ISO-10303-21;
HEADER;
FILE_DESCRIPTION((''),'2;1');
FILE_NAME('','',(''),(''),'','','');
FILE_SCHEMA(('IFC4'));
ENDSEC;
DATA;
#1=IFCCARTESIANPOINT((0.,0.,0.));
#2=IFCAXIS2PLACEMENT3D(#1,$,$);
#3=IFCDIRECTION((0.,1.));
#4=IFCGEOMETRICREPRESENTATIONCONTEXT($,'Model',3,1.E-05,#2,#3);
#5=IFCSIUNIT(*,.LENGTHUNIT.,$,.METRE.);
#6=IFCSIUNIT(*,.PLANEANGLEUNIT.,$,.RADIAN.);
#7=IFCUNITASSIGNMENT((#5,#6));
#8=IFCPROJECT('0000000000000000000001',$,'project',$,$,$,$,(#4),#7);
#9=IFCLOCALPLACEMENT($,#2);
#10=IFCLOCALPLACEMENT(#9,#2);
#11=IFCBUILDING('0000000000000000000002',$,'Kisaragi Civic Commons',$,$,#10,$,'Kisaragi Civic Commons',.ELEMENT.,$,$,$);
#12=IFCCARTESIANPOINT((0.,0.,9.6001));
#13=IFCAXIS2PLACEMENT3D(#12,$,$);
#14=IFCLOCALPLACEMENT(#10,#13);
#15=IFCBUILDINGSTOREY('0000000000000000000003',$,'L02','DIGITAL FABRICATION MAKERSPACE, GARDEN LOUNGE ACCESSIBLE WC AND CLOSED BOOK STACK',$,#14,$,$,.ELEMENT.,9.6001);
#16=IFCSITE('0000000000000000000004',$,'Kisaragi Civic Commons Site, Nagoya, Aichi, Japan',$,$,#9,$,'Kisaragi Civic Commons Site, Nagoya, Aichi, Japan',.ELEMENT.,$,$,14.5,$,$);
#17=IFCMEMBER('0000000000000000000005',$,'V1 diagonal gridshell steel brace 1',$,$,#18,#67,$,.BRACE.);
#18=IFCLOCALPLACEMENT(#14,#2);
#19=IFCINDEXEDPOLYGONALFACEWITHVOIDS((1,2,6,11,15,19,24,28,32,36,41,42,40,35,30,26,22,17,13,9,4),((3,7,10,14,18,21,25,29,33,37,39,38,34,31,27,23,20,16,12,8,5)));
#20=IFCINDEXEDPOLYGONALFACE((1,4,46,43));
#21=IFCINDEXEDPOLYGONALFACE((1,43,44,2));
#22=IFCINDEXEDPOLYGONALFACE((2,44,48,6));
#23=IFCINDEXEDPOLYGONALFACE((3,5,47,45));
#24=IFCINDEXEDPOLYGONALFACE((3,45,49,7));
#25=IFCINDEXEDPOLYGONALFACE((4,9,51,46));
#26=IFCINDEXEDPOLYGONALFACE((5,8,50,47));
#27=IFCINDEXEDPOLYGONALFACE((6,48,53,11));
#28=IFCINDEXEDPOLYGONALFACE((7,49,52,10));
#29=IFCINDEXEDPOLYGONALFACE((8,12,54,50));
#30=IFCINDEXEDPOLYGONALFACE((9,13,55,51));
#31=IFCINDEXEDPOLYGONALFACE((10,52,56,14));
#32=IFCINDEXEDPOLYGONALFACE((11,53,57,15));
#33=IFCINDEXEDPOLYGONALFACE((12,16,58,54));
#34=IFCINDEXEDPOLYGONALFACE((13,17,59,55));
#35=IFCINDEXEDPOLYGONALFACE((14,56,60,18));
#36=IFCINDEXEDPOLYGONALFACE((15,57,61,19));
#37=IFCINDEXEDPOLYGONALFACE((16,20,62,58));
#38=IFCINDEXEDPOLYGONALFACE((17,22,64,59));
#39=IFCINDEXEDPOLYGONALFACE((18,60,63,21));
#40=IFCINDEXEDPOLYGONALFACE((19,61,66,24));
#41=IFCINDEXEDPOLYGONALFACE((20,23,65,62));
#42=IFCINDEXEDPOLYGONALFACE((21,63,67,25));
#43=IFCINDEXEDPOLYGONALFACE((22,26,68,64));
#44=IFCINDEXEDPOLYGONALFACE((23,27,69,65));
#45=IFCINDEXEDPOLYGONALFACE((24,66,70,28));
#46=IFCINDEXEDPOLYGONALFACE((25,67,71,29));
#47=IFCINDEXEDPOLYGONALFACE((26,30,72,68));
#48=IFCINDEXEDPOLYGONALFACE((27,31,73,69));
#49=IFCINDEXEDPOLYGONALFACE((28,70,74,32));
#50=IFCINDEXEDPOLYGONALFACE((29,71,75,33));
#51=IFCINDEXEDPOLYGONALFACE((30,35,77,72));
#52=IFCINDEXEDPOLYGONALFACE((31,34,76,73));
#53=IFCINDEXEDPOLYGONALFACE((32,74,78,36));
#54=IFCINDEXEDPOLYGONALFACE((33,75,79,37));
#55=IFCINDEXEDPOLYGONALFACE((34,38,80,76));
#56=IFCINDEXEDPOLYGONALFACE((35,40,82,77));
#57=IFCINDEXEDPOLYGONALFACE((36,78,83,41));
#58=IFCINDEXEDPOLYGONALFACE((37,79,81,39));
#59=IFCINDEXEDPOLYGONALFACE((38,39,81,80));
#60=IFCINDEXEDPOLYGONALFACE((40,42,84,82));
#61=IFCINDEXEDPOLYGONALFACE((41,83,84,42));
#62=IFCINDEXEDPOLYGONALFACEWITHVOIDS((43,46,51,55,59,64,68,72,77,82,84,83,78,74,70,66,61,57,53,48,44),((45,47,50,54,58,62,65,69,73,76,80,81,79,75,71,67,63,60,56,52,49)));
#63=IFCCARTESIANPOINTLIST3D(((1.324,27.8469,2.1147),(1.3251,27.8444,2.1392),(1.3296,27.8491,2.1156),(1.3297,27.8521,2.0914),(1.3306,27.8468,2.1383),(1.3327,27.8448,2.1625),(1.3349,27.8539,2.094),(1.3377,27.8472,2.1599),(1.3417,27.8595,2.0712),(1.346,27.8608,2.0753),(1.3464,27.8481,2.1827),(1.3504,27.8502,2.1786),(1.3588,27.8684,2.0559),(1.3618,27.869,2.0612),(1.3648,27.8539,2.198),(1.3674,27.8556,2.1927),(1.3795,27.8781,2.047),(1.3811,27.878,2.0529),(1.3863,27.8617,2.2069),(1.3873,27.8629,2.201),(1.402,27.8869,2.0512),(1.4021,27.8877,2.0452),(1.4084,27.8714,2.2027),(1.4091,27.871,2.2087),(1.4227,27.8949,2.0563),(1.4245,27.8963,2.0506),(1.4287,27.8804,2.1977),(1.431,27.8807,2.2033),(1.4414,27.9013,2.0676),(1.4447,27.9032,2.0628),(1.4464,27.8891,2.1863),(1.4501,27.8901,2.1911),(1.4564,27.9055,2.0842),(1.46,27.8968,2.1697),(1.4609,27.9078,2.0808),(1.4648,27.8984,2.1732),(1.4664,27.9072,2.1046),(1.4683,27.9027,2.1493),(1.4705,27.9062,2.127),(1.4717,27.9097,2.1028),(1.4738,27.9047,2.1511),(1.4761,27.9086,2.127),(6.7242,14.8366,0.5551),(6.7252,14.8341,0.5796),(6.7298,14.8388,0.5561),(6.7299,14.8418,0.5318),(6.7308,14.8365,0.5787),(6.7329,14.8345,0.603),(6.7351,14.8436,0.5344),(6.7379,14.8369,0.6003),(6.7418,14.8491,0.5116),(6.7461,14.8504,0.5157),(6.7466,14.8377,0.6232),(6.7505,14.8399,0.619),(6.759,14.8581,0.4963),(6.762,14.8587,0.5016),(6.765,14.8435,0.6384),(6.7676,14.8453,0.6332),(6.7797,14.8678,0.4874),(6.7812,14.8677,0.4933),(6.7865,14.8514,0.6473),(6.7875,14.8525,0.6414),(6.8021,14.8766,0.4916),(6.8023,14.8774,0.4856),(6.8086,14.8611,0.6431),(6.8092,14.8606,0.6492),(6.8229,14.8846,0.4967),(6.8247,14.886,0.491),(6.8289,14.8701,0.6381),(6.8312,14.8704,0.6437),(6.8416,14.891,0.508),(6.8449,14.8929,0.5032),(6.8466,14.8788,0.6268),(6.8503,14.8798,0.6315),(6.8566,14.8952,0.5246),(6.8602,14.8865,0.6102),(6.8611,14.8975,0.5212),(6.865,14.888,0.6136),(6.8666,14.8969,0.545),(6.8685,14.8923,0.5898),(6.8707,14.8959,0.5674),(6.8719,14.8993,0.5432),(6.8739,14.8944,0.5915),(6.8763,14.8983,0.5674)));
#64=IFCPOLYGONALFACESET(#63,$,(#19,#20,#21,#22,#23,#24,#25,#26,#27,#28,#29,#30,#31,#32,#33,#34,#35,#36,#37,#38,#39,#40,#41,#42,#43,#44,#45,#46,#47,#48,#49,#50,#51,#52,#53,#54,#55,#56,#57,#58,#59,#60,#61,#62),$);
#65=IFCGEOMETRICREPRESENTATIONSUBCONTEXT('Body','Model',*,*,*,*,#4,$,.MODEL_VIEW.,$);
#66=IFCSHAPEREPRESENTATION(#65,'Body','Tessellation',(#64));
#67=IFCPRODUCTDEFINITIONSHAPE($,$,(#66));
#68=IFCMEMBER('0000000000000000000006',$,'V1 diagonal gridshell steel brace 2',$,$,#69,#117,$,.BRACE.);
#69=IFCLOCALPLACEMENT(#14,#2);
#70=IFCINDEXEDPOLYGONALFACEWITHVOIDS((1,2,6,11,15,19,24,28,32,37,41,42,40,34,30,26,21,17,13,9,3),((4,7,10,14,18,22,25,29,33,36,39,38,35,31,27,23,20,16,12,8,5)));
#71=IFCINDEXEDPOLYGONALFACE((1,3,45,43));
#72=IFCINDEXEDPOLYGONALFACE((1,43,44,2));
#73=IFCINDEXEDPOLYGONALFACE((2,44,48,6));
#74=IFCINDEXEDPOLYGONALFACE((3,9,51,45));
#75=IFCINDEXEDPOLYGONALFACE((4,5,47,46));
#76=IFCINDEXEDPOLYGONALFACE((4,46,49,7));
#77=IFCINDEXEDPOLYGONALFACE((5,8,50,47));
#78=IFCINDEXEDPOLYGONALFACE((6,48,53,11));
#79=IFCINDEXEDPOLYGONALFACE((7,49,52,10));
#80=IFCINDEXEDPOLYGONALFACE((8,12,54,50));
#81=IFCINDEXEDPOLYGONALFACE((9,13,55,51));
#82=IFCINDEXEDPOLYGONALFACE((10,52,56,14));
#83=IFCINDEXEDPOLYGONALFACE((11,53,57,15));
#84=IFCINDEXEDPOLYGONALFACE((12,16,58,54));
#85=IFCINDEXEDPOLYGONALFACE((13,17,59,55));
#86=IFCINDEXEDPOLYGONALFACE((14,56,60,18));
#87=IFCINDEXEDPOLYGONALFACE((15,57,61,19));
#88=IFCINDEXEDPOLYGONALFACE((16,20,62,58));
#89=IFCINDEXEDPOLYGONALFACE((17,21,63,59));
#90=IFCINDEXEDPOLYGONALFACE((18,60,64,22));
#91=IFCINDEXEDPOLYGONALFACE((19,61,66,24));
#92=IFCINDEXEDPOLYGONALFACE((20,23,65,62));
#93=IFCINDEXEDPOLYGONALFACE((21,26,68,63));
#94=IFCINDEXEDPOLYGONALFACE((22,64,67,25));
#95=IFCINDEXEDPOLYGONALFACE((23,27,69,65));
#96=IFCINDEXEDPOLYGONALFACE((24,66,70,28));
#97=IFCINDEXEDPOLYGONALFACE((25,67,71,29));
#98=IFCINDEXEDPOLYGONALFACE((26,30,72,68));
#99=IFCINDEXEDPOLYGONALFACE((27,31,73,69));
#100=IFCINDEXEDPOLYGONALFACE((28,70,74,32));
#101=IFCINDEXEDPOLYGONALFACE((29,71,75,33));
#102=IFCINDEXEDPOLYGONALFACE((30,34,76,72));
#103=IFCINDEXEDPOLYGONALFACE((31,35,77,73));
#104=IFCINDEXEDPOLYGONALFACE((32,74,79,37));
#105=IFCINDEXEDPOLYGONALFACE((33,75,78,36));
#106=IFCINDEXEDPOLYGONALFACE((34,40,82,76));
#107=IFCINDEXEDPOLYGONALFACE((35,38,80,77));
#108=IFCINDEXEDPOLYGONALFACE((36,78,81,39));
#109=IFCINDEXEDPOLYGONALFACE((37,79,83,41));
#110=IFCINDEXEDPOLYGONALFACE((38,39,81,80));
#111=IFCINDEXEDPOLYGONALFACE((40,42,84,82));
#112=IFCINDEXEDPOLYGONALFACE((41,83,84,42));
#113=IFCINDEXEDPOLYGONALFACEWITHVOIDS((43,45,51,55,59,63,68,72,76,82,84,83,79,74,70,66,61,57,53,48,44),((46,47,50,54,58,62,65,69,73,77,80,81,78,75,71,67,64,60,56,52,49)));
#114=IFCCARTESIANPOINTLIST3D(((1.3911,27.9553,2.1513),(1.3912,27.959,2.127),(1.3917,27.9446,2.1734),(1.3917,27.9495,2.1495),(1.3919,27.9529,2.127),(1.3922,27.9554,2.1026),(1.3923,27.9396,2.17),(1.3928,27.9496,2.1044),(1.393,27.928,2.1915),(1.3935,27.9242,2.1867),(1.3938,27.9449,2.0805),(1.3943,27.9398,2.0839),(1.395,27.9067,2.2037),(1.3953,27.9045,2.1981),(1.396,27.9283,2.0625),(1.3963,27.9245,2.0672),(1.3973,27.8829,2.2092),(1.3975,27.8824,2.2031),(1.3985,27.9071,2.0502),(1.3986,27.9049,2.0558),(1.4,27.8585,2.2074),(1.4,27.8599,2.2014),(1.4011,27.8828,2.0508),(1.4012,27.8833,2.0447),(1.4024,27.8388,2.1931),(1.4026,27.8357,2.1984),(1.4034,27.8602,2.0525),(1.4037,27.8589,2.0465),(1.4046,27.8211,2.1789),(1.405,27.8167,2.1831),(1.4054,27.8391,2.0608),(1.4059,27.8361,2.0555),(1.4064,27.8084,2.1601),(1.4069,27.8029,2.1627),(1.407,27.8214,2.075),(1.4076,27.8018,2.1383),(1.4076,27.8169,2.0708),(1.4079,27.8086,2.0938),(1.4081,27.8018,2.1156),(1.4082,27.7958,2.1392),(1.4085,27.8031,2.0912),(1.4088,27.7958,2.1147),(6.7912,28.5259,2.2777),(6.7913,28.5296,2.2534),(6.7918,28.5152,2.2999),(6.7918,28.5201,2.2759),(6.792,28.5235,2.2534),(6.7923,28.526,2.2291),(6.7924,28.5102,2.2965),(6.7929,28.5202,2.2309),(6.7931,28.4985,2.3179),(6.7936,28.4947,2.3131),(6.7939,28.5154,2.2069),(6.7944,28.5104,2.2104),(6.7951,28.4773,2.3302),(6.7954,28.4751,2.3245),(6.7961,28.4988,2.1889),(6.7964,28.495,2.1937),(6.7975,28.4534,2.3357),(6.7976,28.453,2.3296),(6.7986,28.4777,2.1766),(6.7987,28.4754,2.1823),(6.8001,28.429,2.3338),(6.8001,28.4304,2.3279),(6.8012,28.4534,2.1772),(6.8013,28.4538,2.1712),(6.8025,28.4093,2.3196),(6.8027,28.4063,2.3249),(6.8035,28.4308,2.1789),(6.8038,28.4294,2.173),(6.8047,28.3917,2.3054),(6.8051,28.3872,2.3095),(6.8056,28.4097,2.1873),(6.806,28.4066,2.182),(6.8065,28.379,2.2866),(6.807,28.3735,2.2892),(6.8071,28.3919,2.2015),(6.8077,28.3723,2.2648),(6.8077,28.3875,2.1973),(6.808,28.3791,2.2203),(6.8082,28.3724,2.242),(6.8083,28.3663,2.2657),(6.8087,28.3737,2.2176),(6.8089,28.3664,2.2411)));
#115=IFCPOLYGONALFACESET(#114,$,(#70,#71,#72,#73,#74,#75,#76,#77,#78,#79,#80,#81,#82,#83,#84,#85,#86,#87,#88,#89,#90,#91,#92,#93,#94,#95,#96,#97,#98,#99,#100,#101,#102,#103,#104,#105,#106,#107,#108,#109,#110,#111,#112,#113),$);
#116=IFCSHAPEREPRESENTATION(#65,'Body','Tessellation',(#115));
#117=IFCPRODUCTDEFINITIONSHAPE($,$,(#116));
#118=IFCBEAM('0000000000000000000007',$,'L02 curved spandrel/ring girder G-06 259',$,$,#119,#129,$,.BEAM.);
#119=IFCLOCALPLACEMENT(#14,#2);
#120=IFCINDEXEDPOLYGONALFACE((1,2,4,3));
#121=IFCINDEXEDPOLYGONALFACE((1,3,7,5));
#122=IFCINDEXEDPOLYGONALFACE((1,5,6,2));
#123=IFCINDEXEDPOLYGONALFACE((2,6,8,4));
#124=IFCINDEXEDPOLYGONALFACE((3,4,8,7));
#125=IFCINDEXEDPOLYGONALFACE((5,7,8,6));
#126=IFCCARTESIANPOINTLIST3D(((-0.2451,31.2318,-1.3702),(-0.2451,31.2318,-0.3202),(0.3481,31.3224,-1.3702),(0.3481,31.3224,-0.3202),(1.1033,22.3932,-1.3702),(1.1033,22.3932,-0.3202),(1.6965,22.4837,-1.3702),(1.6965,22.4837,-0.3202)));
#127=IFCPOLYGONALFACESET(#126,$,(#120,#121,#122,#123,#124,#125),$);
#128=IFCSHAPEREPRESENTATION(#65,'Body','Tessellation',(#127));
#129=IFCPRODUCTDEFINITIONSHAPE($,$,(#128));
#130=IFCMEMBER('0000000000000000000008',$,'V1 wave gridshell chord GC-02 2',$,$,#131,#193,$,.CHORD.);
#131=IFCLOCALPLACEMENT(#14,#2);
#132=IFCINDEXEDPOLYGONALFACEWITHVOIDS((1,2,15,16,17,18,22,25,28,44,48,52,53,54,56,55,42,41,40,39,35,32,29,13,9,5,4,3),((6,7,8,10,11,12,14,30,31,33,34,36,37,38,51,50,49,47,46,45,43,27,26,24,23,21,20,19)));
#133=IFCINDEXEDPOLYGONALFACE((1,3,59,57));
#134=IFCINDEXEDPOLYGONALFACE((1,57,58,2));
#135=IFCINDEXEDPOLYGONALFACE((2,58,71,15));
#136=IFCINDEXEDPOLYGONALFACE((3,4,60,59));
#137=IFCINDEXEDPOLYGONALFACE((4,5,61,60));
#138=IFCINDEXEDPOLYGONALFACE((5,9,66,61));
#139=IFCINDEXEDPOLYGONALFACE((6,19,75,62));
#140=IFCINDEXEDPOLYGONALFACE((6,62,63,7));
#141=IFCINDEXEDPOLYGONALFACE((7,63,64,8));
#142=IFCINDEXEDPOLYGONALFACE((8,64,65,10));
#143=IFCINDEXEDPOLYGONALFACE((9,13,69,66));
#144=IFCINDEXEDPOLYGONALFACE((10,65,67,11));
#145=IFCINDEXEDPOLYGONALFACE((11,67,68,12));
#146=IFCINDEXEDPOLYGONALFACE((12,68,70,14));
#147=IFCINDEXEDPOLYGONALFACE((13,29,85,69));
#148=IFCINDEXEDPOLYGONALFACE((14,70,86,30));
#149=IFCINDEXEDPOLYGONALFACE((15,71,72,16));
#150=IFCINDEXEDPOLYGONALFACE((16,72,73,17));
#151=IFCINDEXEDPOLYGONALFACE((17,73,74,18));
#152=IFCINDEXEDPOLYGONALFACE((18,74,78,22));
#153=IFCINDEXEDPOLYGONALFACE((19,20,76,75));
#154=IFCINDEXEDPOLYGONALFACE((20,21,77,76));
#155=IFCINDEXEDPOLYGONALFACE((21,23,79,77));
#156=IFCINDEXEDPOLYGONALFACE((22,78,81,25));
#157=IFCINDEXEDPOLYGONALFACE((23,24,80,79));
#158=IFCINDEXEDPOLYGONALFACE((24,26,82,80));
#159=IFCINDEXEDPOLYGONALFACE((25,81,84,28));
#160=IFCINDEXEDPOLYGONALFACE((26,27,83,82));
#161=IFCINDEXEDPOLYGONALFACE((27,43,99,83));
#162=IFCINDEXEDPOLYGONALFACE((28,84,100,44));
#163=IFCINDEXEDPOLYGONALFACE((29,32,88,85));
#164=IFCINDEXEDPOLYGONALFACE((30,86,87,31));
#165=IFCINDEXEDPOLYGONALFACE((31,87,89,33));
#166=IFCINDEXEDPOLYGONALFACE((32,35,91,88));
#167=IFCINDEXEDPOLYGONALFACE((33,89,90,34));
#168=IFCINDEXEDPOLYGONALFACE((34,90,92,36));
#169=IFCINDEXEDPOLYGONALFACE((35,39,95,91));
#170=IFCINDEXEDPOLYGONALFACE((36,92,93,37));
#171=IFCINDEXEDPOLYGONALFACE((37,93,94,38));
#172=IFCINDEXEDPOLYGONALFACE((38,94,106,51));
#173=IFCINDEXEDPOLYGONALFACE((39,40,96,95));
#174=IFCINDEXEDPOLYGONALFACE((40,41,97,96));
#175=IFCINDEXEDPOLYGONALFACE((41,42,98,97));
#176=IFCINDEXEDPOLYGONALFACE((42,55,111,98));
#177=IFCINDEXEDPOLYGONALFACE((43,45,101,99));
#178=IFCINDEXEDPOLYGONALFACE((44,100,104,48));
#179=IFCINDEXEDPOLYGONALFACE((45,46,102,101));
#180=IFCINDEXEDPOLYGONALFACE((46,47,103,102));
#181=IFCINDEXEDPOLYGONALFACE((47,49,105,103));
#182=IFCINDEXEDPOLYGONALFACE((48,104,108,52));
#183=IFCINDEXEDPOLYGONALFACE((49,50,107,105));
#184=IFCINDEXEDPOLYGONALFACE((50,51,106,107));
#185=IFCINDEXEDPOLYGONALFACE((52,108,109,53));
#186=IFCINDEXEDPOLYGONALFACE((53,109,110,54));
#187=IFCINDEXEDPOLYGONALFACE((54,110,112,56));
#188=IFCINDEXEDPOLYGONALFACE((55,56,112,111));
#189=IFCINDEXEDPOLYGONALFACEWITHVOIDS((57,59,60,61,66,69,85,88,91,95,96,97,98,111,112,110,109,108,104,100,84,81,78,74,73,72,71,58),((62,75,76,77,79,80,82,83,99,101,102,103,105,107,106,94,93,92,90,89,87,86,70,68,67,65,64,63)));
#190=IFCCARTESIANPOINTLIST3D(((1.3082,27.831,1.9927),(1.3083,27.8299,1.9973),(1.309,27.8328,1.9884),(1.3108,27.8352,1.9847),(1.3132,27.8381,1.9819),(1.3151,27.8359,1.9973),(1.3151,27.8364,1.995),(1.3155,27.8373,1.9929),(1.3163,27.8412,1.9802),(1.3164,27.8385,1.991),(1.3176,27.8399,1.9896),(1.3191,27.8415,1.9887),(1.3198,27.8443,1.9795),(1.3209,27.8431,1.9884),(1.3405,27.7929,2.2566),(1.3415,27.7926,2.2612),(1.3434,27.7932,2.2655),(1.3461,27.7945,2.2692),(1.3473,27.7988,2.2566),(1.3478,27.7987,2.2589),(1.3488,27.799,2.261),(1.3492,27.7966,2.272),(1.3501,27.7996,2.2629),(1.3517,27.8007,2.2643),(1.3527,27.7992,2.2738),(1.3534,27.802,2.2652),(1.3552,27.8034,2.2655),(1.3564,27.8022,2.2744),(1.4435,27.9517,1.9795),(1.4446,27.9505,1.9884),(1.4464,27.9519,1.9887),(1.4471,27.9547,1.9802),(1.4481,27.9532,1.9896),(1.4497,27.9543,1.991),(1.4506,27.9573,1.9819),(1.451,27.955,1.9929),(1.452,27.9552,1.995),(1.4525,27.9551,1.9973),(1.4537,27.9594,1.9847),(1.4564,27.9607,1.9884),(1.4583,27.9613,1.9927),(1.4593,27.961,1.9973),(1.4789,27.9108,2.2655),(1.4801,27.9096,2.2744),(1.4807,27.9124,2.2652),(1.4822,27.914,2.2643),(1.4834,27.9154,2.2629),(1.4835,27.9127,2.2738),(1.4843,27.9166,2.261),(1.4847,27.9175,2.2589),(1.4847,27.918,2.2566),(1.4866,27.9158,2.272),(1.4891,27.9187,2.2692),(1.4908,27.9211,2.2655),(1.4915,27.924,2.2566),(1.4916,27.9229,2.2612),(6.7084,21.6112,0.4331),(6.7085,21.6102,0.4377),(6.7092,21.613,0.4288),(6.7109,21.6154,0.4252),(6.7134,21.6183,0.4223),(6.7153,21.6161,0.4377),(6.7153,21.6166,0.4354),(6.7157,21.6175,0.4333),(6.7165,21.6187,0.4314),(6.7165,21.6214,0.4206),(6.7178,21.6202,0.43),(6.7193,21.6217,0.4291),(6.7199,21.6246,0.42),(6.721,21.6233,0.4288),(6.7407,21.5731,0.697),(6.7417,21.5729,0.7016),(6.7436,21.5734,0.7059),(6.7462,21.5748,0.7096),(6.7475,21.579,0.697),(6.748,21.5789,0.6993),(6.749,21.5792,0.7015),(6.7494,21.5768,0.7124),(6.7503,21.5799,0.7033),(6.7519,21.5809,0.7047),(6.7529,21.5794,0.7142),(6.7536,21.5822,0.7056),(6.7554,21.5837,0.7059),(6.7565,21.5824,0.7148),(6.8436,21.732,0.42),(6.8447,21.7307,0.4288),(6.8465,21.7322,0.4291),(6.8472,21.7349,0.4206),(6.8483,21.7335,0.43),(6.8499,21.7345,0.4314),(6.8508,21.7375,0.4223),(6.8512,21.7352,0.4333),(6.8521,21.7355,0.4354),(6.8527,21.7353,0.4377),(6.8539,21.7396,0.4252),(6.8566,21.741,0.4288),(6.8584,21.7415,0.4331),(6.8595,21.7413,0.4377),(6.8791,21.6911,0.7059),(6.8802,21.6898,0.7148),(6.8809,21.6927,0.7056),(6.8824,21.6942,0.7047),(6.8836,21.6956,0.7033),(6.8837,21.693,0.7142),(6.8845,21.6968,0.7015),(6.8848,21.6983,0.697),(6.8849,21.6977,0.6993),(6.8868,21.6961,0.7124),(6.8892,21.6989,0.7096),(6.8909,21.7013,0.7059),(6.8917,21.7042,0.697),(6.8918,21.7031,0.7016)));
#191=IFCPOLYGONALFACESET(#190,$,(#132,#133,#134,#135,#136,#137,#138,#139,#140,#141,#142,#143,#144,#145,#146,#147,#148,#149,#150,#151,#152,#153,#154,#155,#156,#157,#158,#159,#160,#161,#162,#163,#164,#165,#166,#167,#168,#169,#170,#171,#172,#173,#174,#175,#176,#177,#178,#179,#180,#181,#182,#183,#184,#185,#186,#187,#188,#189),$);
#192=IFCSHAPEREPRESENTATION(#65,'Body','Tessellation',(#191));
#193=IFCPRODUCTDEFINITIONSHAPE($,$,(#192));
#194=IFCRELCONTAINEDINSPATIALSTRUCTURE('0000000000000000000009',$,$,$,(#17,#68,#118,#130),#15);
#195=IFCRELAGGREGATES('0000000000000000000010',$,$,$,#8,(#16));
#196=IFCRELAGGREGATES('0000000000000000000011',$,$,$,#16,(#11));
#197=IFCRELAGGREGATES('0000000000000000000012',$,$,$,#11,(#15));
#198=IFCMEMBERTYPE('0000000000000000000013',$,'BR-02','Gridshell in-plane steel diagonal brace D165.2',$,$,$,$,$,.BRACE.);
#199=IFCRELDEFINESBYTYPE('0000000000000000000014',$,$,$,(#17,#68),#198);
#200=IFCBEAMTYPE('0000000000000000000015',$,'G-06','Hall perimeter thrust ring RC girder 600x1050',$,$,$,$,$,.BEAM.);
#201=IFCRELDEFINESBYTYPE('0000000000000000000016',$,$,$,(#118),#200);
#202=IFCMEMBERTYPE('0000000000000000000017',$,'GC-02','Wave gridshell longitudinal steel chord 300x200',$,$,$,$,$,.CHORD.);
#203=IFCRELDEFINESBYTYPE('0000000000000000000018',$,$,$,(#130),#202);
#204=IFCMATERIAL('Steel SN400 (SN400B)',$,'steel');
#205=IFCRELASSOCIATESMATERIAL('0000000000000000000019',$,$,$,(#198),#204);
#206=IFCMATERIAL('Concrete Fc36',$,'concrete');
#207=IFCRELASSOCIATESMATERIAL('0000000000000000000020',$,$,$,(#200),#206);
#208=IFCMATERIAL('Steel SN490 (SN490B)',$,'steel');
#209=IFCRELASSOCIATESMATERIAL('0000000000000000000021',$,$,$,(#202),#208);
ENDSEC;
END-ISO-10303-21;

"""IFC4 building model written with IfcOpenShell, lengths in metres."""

from ifc_helpers import new_model, si_unit, direction, frame, origin, origin_2d, place, context, subcontext, project, spatial, rectangle, hollow_rectangle, hollow_circle, extrude, material, material_profile, profile_set, type_object, element, save


model = new_model("IFC4")

# Units and contexts
model_context = context("Model", 3, precision=1e-05, world=origin(), true_north=direction((0.0, 1.0)))
body_context = subcontext(model_context, "Body", "Model", "MODEL_VIEW")
ifc_project = project(units=[si_unit("LENGTHUNIT", "METRE"), si_unit("PLANEANGLEUNIT", "RADIAN")], contexts=[model_context])

# Site, building, storey
site_placement = place(None, origin())
site = spatial("IfcSite", under=ifc_project, at=site_placement, Name="Kisaragi Civic Commons Site, Nagoya, Aichi, Japan", LongName="Kisaragi Civic Commons Site, Nagoya, Aichi, Japan", CompositionType="ELEMENT", RefElevation=14.5)
building_placement = place(site_placement, origin())
building = spatial("IfcBuilding", under=site, at=building_placement, Name="Kisaragi Civic Commons", LongName="Kisaragi Civic Commons", CompositionType="ELEMENT")
storey_placement = place(building_placement, frame((0.0, 0.0, 9.6001)))
storey = spatial("IfcBuildingStorey", under=building, at=storey_placement, Name="L02", Description="DIGITAL FABRICATION MAKERSPACE, GARDEN LOUNGE ACCESSIBLE WC AND CLOSED BOOK STACK", CompositionType="ELEMENT", Elevation=9.6001)

# Members
ifc_material_1 = material(Name="Steel SN400 (SN400B)", Category="steel")
ifc_material_profile_1 = material_profile(ifc_material_1, hollow_circle(Radius=0.0825, WallThickness=0.0061, at=origin_2d()), Name="CHS-165.2x6.0", Category="steel")
ifc_profile_set_1 = profile_set([ifc_material_profile_1], Name="Steel SN400 (SN400B)")
member_type_1 = type_object("IfcMemberType", Name="BR-02", Description="Gridshell in-plane steel diagonal brace D165.2", PredefinedType="BRACE", material=ifc_profile_set_1)
member_1_placement = place(storey_placement, frame((1.3999, 27.877, 2.127), z_axis=(0.381029, -0.917991, -0.110042), x_axis=(0.9236, 0.383357, 0.0)))
element("IfcMember", 1, at=member_1_placement, inside=storey, type_object=member_type_1, Name="V1 diagonal gridshell steel brace 1", PredefinedType="BRACE", context=body_context, shape_type="SweptSolid", body=[
    extrude(hollow_circle(Radius=0.0825, WallThickness=0.0061, at=origin_2d()), origin(), (0.0, 0.0, 1.0), 14.1726),
])
member_2_placement = place(storey_placement, frame((1.3999, 27.877, 2.127), z_axis=(0.994195, 0.105042, 0.023283), x_axis=(-0.105071, 0.994465, 0.0)))
element("IfcMember", 2, at=member_2_placement, inside=storey, type_object=member_type_1, Name="V1 diagonal gridshell steel brace 2", PredefinedType="BRACE", context=body_context, shape_type="SweptSolid", body=[
    extrude(hollow_circle(Radius=0.0825, WallThickness=0.0061, at=origin_2d()), origin(), (0.0, 0.0, 1.0), 5.4316),
])

# Beam
ifc_material_2 = material(Name="Concrete Fc36", Category="concrete")
ifc_material_profile_2 = material_profile(ifc_material_2, rectangle(XDim=0.6001, YDim=1.05, at=origin_2d()), Name="RC-600x1050", Category="concrete")
ifc_profile_set_2 = profile_set([ifc_material_profile_2], Name="Concrete Fc36")
beam_type = type_object("IfcBeamType", Name="G-06", Description="Hall perimeter thrust ring RC girder 600x1050", PredefinedType="BEAM", material=ifc_profile_set_2)
beam_placement = place(storey_placement, frame((0.0515, 31.2771, -0.8452), z_axis=(0.150812, -0.988563, 0.0), x_axis=(0.988563, 0.150812, 0.0)))
element("IfcBeam", 3, at=beam_placement, inside=storey, type_object=beam_type, Name="L02 curved spandrel/ring girder G-06 259", PredefinedType="BEAM", context=body_context, shape_type="SweptSolid", body=[
    extrude(rectangle(XDim=0.6001, YDim=1.05, at=origin_2d()), origin(), (0.0, 0.0, 1.0), 8.9409),
])

# Member
ifc_material_3 = material(Name="Steel SN490 (SN490B)", Category="steel")
ifc_material_profile_3 = material_profile(ifc_material_3, hollow_rectangle(XDim=0.2, YDim=0.3, WallThickness=0.009, InnerFilletRadius=0.009, OuterFilletRadius=0.0181, at=origin_2d()), Name="STKR-300x200x9", Category="steel")
ifc_profile_set_3 = profile_set([ifc_material_profile_3], Name="Steel SN490 (SN490B)")
member_type_2 = type_object("IfcMemberType", Name="GC-02", Description="Wave gridshell longitudinal steel chord 300x200", PredefinedType="CHORD", material=ifc_profile_set_3)
member_3_placement = place(storey_placement, frame((1.3999, 27.877, 2.127), z_axis=(0.644159, -0.741923, -0.186034), x_axis=(0.755105, 0.655604, 0.0)))
element("IfcMember", 4, at=member_3_placement, inside=storey, type_object=member_type_2, Name="V1 wave gridshell chord GC-02 2", PredefinedType="CHORD", context=body_context, shape_type="SweptSolid", body=[
    extrude(hollow_rectangle(XDim=0.2, YDim=0.3, WallThickness=0.009, InnerFilletRadius=0.009, OuterFilletRadius=0.0181, at=origin_2d()), origin(), (0.0, 0.0, 1.0), 8.3833),
])

save(model, "model.ifc")
